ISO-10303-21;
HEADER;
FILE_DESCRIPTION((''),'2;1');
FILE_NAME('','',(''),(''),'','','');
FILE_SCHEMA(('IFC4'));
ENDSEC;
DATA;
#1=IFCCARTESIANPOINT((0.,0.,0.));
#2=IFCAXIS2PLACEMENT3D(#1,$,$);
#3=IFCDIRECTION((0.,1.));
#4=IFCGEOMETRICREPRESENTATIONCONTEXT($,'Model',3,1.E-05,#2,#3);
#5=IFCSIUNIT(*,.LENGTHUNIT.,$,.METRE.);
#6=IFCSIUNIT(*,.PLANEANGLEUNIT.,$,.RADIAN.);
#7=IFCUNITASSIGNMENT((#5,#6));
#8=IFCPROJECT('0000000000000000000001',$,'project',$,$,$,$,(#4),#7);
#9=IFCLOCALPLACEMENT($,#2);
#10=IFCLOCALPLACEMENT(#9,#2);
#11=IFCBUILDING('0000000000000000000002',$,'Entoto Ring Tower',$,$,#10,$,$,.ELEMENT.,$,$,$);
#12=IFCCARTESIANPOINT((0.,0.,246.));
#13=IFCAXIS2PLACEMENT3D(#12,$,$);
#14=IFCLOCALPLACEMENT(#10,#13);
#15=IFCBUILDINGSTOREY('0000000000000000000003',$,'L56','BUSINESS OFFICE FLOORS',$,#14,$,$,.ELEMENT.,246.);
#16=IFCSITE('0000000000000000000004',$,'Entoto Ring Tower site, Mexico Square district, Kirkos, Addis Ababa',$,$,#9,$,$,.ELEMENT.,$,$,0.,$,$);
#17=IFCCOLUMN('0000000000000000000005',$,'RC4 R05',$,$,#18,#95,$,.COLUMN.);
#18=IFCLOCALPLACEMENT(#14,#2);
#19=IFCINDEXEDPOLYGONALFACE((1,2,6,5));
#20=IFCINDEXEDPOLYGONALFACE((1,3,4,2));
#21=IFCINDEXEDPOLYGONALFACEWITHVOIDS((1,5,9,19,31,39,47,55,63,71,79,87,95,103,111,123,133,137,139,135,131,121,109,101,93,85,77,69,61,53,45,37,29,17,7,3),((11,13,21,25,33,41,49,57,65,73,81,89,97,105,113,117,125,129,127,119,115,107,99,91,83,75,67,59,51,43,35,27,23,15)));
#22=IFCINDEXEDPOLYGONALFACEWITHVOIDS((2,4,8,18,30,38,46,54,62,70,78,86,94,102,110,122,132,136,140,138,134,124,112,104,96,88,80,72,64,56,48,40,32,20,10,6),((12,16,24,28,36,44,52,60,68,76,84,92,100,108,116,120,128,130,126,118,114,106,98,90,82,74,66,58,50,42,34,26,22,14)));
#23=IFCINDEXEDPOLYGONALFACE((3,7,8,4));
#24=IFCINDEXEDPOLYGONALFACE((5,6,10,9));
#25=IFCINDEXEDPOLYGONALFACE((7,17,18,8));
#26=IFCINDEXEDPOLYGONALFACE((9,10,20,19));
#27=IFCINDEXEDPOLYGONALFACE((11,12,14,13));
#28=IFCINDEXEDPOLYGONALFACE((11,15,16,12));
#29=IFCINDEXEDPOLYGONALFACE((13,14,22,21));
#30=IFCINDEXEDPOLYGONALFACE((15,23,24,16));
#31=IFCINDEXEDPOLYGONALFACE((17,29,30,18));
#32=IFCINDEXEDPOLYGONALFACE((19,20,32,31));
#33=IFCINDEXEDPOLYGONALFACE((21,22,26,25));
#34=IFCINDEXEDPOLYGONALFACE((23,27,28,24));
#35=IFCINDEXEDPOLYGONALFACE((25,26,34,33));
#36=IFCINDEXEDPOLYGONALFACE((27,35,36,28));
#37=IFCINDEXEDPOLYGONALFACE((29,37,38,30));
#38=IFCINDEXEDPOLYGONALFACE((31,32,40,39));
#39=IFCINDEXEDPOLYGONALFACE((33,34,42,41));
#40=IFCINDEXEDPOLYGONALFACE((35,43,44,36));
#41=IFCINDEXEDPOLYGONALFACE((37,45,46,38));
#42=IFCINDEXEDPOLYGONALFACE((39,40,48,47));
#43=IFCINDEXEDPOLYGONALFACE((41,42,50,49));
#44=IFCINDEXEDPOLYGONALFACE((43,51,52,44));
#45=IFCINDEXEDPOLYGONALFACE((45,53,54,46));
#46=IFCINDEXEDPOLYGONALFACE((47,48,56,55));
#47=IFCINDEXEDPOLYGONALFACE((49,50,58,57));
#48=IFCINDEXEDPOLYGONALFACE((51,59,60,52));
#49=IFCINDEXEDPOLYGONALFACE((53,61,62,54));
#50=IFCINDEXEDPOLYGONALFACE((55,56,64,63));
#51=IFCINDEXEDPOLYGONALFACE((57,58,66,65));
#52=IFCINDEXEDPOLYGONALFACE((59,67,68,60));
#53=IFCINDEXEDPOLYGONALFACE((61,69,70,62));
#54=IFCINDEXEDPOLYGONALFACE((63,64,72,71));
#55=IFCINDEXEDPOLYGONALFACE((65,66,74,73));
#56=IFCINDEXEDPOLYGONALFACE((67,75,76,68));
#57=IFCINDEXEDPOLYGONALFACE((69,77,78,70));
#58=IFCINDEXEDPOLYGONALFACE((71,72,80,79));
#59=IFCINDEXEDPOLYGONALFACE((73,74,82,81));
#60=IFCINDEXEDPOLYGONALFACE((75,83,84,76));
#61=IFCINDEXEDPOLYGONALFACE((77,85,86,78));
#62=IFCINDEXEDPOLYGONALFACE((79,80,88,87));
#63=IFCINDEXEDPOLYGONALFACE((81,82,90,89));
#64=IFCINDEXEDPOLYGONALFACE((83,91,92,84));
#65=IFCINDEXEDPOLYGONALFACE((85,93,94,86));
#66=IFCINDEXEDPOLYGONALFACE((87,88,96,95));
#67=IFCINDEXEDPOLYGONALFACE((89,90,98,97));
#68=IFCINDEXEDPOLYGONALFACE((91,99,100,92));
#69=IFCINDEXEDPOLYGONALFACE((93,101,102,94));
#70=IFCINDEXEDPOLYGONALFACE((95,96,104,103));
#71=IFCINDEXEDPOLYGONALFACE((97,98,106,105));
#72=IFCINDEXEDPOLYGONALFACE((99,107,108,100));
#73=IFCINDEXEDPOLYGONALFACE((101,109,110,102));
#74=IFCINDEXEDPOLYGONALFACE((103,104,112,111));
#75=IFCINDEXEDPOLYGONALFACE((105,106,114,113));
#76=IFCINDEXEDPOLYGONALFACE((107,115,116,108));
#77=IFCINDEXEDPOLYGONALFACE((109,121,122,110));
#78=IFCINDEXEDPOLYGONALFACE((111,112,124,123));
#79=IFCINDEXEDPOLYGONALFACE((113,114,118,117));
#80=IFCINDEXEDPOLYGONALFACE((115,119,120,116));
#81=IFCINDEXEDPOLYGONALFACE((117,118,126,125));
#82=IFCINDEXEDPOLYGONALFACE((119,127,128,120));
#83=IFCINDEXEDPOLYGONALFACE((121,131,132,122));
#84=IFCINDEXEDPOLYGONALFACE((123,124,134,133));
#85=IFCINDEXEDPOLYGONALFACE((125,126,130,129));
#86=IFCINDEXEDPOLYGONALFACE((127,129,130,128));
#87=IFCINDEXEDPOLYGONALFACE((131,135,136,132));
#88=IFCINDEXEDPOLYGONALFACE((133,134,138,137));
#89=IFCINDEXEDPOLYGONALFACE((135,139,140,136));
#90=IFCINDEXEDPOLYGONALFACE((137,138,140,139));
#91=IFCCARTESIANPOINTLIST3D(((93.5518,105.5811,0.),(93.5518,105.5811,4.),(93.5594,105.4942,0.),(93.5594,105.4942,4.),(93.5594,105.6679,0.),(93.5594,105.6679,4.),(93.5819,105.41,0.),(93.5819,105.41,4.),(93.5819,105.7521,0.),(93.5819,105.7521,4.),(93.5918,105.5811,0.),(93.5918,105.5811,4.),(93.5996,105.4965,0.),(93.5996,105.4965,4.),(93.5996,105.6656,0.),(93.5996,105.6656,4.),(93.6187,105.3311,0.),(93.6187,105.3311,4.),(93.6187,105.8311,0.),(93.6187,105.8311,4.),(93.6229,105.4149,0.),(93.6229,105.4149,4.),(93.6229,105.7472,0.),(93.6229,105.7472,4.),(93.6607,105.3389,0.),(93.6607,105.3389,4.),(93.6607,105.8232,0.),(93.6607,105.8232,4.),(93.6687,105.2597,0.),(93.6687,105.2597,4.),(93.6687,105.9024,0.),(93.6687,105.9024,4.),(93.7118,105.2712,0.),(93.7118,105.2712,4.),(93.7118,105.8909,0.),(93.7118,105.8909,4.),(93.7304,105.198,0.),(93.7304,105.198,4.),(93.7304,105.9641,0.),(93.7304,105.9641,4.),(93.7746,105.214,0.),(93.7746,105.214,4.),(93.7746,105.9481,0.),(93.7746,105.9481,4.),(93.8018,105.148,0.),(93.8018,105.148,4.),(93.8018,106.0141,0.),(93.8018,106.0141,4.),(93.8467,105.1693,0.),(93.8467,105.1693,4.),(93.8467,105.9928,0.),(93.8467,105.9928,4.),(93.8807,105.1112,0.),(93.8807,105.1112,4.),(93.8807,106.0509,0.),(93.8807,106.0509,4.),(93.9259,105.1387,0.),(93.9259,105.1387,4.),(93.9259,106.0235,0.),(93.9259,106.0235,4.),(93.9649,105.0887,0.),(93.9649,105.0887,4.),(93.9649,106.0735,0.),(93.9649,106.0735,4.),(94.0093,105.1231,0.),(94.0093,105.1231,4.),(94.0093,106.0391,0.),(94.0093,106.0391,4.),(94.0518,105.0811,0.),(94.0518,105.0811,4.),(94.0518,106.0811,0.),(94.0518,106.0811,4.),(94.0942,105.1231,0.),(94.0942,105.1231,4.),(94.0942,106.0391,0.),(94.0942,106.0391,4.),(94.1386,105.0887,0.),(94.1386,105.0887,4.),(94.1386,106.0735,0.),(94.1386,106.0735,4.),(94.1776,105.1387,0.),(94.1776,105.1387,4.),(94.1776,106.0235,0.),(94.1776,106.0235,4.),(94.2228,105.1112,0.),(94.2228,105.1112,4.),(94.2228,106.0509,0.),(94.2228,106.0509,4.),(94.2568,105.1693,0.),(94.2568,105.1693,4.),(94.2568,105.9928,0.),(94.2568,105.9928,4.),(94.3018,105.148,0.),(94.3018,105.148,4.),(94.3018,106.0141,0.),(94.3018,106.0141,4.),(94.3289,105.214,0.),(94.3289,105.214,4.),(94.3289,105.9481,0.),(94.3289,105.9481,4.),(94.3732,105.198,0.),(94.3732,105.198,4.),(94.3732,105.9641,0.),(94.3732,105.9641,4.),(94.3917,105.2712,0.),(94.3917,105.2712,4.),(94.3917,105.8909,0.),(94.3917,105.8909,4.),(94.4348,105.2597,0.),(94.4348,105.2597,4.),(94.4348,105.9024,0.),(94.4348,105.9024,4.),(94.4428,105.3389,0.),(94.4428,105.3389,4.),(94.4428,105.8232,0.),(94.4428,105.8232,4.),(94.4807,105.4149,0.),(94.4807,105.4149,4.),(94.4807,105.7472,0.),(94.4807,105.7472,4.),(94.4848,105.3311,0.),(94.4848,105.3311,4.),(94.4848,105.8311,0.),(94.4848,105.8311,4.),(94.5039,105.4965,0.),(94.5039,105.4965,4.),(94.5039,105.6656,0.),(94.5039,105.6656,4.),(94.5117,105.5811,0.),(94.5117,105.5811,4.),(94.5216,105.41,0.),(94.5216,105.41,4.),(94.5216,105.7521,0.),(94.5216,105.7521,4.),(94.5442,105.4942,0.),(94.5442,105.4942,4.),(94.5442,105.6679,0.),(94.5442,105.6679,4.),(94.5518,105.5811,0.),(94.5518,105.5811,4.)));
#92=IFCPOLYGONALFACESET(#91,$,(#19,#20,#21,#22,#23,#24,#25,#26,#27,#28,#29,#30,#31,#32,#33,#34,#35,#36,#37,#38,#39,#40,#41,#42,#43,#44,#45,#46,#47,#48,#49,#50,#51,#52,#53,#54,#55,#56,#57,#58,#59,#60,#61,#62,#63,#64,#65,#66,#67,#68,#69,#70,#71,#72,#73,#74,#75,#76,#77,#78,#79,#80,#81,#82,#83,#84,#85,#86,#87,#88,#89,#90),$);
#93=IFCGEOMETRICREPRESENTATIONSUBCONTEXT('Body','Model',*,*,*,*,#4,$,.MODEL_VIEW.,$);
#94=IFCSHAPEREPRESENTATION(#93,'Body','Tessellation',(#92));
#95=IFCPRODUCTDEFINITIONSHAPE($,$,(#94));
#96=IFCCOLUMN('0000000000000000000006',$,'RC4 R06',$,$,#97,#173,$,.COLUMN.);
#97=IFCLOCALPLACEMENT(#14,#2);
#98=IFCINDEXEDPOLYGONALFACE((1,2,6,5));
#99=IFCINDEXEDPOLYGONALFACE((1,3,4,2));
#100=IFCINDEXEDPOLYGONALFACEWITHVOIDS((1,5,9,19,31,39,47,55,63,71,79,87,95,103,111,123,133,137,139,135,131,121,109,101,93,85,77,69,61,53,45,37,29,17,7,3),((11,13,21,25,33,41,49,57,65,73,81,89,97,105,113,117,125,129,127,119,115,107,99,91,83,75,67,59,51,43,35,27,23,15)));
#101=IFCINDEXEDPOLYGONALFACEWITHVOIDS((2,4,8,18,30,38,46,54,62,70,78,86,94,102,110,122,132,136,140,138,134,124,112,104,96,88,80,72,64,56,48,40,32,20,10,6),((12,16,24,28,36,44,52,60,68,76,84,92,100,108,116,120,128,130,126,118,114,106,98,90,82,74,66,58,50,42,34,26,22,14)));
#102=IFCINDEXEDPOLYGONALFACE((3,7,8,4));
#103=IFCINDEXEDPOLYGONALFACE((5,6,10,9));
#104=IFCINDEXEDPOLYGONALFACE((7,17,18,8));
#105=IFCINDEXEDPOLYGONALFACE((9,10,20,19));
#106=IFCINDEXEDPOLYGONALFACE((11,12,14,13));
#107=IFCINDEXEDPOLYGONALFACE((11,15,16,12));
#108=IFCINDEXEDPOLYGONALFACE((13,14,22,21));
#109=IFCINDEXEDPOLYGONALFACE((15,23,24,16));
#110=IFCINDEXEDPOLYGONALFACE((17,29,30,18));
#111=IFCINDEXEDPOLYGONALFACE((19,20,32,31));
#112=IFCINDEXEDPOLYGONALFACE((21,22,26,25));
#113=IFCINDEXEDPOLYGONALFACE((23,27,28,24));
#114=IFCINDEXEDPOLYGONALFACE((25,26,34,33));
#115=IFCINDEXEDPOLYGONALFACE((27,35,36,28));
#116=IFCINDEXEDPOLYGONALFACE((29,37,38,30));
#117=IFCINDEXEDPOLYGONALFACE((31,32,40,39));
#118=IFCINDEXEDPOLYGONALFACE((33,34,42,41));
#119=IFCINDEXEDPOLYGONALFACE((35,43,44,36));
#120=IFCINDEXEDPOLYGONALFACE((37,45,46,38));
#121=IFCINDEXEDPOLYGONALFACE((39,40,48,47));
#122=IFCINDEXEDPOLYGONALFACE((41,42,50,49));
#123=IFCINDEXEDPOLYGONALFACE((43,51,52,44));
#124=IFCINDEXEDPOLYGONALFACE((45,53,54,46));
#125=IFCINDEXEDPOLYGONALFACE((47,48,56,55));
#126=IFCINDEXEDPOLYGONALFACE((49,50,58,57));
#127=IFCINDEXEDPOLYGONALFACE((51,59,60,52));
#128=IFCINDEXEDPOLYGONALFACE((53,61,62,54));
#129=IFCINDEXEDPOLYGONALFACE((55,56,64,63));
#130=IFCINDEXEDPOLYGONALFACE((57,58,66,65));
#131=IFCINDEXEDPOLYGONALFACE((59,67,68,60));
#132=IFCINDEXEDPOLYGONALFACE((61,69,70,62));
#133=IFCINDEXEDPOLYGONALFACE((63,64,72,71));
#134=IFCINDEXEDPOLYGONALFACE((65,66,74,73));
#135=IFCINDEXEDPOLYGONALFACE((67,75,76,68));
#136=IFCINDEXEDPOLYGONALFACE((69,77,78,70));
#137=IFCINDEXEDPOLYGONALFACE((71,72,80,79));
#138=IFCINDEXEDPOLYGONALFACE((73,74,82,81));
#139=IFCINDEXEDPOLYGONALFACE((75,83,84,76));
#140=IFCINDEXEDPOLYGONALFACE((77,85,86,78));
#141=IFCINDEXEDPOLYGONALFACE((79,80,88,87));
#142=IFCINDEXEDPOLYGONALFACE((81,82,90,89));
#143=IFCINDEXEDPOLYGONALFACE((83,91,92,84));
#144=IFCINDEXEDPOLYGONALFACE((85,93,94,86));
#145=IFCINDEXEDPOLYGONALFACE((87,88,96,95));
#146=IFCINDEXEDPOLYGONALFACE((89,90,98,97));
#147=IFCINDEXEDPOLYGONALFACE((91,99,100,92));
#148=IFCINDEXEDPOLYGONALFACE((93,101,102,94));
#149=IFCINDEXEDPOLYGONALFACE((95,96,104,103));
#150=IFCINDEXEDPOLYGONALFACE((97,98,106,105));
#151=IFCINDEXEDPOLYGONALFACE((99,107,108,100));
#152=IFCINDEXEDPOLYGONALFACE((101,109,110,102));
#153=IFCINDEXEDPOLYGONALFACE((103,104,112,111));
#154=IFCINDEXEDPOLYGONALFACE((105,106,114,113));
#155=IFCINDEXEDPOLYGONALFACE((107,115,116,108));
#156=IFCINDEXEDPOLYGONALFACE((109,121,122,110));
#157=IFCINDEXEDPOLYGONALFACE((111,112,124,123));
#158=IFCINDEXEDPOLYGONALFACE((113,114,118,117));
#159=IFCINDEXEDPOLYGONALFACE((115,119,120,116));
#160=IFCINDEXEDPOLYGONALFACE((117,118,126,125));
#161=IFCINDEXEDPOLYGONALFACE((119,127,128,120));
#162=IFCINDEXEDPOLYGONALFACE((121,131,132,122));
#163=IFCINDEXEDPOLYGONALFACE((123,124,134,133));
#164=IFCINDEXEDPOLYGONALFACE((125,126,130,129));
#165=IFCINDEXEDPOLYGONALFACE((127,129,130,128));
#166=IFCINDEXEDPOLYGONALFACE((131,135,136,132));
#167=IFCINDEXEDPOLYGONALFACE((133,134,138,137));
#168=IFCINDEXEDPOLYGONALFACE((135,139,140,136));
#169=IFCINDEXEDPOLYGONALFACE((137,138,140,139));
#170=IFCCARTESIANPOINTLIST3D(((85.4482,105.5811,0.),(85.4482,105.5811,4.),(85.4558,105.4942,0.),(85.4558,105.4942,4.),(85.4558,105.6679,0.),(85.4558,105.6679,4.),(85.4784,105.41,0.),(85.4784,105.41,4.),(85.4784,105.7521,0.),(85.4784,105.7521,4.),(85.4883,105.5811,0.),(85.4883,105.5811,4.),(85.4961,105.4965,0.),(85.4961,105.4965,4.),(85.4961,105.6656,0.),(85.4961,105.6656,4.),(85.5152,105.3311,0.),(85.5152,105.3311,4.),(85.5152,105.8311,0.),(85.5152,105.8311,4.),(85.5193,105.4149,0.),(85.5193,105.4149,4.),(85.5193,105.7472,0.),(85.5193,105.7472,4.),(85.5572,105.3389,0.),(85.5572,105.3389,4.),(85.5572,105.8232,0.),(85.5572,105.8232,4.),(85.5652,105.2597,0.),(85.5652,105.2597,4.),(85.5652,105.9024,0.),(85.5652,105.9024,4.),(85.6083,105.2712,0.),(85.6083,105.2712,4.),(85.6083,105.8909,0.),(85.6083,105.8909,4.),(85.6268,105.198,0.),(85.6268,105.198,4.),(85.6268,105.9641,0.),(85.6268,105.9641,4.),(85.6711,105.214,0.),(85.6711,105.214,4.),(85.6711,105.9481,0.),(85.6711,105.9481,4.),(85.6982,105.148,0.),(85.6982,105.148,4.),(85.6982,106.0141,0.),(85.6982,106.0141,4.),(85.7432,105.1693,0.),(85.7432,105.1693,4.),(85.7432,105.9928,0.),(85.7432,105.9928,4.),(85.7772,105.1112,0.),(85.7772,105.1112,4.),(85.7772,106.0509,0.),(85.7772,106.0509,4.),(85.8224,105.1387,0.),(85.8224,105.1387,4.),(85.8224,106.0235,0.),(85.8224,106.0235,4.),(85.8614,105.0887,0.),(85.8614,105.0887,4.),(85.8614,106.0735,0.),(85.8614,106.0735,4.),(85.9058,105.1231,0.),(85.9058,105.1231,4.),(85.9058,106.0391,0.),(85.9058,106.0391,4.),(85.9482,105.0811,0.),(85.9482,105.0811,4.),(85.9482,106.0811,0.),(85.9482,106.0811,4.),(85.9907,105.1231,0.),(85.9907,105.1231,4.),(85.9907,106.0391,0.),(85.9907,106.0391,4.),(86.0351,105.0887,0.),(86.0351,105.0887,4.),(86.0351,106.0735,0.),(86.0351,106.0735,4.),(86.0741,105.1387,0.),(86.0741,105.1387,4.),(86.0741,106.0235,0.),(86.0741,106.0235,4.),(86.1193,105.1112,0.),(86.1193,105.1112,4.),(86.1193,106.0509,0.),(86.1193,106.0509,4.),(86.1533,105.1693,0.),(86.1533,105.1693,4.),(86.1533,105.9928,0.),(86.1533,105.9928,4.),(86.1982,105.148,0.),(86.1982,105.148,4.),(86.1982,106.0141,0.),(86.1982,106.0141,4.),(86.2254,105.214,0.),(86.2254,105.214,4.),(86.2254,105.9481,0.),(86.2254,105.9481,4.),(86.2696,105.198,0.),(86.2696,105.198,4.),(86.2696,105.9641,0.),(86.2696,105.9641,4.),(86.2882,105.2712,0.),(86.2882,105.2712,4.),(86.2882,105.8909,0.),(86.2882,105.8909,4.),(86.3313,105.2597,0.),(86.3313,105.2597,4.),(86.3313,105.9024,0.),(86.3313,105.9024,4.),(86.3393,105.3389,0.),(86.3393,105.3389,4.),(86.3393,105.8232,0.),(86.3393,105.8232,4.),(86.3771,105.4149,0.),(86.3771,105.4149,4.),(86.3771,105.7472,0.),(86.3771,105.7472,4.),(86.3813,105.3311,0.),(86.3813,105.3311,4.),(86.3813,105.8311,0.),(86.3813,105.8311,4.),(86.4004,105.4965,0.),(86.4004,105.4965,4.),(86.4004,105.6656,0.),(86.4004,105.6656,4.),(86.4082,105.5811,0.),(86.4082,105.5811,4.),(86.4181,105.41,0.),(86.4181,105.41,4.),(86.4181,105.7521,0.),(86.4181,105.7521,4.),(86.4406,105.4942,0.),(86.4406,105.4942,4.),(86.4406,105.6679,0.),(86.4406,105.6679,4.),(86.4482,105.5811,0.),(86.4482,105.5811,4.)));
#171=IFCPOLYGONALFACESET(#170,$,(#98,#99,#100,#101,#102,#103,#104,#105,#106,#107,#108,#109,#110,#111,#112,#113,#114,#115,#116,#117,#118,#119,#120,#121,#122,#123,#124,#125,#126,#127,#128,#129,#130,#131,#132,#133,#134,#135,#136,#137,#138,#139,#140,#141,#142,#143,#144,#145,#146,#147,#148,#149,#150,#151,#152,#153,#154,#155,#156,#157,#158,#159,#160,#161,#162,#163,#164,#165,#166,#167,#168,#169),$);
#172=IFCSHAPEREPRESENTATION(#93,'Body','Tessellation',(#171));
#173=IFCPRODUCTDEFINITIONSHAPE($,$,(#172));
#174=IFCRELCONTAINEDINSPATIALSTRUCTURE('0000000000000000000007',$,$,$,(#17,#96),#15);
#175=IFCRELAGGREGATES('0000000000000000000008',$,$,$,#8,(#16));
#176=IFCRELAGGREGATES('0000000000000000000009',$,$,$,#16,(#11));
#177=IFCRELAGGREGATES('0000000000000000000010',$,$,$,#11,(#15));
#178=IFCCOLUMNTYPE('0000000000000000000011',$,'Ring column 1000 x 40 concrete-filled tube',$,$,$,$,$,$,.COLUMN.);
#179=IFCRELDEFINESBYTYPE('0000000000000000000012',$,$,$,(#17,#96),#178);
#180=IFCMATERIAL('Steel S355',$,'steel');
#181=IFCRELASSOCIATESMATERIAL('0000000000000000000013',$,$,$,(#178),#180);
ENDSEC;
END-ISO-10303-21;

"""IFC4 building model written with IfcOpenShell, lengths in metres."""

from ifc_helpers import new_model, si_unit, direction, frame, origin, origin_2d, place, context, subcontext, project, spatial, circle, hollow_circle, extrude, material, material_profile, profile_set, type_object, element, save


model = new_model("IFC4")

# Units and contexts
model_context = context("Model", 3, precision=1e-05, world=origin(), true_north=direction((0.0, 1.0)))
body_context = subcontext(model_context, "Body", "Model", "MODEL_VIEW")
ifc_project = project(units=[si_unit("LENGTHUNIT", "METRE"), si_unit("PLANEANGLEUNIT", "RADIAN")], contexts=[model_context])

# Site, building, storey
site_placement = place(None, origin())
site = spatial("IfcSite", under=ifc_project, at=site_placement, Name="Entoto Ring Tower site, Mexico Square district, Kirkos, Addis Ababa", CompositionType="ELEMENT", RefElevation=0.0)
building_placement = place(site_placement, origin())
building = spatial("IfcBuilding", under=site, at=building_placement, Name="Entoto Ring Tower", CompositionType="ELEMENT")
storey_placement = place(building_placement, frame((0.0, 0.0, 246.0)))
storey = spatial("IfcBuildingStorey", under=building, at=storey_placement, Name="L56", Description="BUSINESS OFFICE FLOORS", CompositionType="ELEMENT", Elevation=246.0)

# Columns
ifc_material_1 = material(Name="Steel S355", Category="steel")
ifc_material_profile_1 = material_profile(ifc_material_1, hollow_circle(Radius=0.5, WallThickness=0.04, at=origin_2d()), Name="CHS 1000 x 40")
ifc_material_2 = material(Name="Concrete C60/75", Category="concrete")
ifc_material_profile_2 = material_profile(ifc_material_2, circle(Radius=0.46, at=origin_2d()), Name="Concrete C60/75 infill")
ifc_profile_set_1 = profile_set([ifc_material_profile_1, ifc_material_profile_2], Name="Steel S355")
column_type = type_object("IfcColumnType", Name="Ring column 1000 x 40 concrete-filled tube", PredefinedType="COLUMN", material=ifc_profile_set_1)
for number, where, z_axis, x_axis, name in (
    (1, (94.0518, 105.5811, 0.0), (0.0, 0.0, 1.0), (1.0, 0.0, 0.0), "RC4 R05"),
    (2, (85.9482, 105.5811, 0.0), (0.0, 0.0, 1.0), (1.0, 0.0, 0.0), "RC4 R06"),
):
    element("IfcColumn", number, at=place(storey_placement, frame(where, z_axis=z_axis, x_axis=x_axis)), inside=storey, type_object=column_type, Name=name, PredefinedType="COLUMN", context=body_context, shape_type="SweptSolid", body=[
        extrude(hollow_circle(Radius=0.5, WallThickness=0.04, at=origin_2d()), origin(), (0.0, 0.0, 1.0), 4.0),
    ])

save(model, "model.ifc")
